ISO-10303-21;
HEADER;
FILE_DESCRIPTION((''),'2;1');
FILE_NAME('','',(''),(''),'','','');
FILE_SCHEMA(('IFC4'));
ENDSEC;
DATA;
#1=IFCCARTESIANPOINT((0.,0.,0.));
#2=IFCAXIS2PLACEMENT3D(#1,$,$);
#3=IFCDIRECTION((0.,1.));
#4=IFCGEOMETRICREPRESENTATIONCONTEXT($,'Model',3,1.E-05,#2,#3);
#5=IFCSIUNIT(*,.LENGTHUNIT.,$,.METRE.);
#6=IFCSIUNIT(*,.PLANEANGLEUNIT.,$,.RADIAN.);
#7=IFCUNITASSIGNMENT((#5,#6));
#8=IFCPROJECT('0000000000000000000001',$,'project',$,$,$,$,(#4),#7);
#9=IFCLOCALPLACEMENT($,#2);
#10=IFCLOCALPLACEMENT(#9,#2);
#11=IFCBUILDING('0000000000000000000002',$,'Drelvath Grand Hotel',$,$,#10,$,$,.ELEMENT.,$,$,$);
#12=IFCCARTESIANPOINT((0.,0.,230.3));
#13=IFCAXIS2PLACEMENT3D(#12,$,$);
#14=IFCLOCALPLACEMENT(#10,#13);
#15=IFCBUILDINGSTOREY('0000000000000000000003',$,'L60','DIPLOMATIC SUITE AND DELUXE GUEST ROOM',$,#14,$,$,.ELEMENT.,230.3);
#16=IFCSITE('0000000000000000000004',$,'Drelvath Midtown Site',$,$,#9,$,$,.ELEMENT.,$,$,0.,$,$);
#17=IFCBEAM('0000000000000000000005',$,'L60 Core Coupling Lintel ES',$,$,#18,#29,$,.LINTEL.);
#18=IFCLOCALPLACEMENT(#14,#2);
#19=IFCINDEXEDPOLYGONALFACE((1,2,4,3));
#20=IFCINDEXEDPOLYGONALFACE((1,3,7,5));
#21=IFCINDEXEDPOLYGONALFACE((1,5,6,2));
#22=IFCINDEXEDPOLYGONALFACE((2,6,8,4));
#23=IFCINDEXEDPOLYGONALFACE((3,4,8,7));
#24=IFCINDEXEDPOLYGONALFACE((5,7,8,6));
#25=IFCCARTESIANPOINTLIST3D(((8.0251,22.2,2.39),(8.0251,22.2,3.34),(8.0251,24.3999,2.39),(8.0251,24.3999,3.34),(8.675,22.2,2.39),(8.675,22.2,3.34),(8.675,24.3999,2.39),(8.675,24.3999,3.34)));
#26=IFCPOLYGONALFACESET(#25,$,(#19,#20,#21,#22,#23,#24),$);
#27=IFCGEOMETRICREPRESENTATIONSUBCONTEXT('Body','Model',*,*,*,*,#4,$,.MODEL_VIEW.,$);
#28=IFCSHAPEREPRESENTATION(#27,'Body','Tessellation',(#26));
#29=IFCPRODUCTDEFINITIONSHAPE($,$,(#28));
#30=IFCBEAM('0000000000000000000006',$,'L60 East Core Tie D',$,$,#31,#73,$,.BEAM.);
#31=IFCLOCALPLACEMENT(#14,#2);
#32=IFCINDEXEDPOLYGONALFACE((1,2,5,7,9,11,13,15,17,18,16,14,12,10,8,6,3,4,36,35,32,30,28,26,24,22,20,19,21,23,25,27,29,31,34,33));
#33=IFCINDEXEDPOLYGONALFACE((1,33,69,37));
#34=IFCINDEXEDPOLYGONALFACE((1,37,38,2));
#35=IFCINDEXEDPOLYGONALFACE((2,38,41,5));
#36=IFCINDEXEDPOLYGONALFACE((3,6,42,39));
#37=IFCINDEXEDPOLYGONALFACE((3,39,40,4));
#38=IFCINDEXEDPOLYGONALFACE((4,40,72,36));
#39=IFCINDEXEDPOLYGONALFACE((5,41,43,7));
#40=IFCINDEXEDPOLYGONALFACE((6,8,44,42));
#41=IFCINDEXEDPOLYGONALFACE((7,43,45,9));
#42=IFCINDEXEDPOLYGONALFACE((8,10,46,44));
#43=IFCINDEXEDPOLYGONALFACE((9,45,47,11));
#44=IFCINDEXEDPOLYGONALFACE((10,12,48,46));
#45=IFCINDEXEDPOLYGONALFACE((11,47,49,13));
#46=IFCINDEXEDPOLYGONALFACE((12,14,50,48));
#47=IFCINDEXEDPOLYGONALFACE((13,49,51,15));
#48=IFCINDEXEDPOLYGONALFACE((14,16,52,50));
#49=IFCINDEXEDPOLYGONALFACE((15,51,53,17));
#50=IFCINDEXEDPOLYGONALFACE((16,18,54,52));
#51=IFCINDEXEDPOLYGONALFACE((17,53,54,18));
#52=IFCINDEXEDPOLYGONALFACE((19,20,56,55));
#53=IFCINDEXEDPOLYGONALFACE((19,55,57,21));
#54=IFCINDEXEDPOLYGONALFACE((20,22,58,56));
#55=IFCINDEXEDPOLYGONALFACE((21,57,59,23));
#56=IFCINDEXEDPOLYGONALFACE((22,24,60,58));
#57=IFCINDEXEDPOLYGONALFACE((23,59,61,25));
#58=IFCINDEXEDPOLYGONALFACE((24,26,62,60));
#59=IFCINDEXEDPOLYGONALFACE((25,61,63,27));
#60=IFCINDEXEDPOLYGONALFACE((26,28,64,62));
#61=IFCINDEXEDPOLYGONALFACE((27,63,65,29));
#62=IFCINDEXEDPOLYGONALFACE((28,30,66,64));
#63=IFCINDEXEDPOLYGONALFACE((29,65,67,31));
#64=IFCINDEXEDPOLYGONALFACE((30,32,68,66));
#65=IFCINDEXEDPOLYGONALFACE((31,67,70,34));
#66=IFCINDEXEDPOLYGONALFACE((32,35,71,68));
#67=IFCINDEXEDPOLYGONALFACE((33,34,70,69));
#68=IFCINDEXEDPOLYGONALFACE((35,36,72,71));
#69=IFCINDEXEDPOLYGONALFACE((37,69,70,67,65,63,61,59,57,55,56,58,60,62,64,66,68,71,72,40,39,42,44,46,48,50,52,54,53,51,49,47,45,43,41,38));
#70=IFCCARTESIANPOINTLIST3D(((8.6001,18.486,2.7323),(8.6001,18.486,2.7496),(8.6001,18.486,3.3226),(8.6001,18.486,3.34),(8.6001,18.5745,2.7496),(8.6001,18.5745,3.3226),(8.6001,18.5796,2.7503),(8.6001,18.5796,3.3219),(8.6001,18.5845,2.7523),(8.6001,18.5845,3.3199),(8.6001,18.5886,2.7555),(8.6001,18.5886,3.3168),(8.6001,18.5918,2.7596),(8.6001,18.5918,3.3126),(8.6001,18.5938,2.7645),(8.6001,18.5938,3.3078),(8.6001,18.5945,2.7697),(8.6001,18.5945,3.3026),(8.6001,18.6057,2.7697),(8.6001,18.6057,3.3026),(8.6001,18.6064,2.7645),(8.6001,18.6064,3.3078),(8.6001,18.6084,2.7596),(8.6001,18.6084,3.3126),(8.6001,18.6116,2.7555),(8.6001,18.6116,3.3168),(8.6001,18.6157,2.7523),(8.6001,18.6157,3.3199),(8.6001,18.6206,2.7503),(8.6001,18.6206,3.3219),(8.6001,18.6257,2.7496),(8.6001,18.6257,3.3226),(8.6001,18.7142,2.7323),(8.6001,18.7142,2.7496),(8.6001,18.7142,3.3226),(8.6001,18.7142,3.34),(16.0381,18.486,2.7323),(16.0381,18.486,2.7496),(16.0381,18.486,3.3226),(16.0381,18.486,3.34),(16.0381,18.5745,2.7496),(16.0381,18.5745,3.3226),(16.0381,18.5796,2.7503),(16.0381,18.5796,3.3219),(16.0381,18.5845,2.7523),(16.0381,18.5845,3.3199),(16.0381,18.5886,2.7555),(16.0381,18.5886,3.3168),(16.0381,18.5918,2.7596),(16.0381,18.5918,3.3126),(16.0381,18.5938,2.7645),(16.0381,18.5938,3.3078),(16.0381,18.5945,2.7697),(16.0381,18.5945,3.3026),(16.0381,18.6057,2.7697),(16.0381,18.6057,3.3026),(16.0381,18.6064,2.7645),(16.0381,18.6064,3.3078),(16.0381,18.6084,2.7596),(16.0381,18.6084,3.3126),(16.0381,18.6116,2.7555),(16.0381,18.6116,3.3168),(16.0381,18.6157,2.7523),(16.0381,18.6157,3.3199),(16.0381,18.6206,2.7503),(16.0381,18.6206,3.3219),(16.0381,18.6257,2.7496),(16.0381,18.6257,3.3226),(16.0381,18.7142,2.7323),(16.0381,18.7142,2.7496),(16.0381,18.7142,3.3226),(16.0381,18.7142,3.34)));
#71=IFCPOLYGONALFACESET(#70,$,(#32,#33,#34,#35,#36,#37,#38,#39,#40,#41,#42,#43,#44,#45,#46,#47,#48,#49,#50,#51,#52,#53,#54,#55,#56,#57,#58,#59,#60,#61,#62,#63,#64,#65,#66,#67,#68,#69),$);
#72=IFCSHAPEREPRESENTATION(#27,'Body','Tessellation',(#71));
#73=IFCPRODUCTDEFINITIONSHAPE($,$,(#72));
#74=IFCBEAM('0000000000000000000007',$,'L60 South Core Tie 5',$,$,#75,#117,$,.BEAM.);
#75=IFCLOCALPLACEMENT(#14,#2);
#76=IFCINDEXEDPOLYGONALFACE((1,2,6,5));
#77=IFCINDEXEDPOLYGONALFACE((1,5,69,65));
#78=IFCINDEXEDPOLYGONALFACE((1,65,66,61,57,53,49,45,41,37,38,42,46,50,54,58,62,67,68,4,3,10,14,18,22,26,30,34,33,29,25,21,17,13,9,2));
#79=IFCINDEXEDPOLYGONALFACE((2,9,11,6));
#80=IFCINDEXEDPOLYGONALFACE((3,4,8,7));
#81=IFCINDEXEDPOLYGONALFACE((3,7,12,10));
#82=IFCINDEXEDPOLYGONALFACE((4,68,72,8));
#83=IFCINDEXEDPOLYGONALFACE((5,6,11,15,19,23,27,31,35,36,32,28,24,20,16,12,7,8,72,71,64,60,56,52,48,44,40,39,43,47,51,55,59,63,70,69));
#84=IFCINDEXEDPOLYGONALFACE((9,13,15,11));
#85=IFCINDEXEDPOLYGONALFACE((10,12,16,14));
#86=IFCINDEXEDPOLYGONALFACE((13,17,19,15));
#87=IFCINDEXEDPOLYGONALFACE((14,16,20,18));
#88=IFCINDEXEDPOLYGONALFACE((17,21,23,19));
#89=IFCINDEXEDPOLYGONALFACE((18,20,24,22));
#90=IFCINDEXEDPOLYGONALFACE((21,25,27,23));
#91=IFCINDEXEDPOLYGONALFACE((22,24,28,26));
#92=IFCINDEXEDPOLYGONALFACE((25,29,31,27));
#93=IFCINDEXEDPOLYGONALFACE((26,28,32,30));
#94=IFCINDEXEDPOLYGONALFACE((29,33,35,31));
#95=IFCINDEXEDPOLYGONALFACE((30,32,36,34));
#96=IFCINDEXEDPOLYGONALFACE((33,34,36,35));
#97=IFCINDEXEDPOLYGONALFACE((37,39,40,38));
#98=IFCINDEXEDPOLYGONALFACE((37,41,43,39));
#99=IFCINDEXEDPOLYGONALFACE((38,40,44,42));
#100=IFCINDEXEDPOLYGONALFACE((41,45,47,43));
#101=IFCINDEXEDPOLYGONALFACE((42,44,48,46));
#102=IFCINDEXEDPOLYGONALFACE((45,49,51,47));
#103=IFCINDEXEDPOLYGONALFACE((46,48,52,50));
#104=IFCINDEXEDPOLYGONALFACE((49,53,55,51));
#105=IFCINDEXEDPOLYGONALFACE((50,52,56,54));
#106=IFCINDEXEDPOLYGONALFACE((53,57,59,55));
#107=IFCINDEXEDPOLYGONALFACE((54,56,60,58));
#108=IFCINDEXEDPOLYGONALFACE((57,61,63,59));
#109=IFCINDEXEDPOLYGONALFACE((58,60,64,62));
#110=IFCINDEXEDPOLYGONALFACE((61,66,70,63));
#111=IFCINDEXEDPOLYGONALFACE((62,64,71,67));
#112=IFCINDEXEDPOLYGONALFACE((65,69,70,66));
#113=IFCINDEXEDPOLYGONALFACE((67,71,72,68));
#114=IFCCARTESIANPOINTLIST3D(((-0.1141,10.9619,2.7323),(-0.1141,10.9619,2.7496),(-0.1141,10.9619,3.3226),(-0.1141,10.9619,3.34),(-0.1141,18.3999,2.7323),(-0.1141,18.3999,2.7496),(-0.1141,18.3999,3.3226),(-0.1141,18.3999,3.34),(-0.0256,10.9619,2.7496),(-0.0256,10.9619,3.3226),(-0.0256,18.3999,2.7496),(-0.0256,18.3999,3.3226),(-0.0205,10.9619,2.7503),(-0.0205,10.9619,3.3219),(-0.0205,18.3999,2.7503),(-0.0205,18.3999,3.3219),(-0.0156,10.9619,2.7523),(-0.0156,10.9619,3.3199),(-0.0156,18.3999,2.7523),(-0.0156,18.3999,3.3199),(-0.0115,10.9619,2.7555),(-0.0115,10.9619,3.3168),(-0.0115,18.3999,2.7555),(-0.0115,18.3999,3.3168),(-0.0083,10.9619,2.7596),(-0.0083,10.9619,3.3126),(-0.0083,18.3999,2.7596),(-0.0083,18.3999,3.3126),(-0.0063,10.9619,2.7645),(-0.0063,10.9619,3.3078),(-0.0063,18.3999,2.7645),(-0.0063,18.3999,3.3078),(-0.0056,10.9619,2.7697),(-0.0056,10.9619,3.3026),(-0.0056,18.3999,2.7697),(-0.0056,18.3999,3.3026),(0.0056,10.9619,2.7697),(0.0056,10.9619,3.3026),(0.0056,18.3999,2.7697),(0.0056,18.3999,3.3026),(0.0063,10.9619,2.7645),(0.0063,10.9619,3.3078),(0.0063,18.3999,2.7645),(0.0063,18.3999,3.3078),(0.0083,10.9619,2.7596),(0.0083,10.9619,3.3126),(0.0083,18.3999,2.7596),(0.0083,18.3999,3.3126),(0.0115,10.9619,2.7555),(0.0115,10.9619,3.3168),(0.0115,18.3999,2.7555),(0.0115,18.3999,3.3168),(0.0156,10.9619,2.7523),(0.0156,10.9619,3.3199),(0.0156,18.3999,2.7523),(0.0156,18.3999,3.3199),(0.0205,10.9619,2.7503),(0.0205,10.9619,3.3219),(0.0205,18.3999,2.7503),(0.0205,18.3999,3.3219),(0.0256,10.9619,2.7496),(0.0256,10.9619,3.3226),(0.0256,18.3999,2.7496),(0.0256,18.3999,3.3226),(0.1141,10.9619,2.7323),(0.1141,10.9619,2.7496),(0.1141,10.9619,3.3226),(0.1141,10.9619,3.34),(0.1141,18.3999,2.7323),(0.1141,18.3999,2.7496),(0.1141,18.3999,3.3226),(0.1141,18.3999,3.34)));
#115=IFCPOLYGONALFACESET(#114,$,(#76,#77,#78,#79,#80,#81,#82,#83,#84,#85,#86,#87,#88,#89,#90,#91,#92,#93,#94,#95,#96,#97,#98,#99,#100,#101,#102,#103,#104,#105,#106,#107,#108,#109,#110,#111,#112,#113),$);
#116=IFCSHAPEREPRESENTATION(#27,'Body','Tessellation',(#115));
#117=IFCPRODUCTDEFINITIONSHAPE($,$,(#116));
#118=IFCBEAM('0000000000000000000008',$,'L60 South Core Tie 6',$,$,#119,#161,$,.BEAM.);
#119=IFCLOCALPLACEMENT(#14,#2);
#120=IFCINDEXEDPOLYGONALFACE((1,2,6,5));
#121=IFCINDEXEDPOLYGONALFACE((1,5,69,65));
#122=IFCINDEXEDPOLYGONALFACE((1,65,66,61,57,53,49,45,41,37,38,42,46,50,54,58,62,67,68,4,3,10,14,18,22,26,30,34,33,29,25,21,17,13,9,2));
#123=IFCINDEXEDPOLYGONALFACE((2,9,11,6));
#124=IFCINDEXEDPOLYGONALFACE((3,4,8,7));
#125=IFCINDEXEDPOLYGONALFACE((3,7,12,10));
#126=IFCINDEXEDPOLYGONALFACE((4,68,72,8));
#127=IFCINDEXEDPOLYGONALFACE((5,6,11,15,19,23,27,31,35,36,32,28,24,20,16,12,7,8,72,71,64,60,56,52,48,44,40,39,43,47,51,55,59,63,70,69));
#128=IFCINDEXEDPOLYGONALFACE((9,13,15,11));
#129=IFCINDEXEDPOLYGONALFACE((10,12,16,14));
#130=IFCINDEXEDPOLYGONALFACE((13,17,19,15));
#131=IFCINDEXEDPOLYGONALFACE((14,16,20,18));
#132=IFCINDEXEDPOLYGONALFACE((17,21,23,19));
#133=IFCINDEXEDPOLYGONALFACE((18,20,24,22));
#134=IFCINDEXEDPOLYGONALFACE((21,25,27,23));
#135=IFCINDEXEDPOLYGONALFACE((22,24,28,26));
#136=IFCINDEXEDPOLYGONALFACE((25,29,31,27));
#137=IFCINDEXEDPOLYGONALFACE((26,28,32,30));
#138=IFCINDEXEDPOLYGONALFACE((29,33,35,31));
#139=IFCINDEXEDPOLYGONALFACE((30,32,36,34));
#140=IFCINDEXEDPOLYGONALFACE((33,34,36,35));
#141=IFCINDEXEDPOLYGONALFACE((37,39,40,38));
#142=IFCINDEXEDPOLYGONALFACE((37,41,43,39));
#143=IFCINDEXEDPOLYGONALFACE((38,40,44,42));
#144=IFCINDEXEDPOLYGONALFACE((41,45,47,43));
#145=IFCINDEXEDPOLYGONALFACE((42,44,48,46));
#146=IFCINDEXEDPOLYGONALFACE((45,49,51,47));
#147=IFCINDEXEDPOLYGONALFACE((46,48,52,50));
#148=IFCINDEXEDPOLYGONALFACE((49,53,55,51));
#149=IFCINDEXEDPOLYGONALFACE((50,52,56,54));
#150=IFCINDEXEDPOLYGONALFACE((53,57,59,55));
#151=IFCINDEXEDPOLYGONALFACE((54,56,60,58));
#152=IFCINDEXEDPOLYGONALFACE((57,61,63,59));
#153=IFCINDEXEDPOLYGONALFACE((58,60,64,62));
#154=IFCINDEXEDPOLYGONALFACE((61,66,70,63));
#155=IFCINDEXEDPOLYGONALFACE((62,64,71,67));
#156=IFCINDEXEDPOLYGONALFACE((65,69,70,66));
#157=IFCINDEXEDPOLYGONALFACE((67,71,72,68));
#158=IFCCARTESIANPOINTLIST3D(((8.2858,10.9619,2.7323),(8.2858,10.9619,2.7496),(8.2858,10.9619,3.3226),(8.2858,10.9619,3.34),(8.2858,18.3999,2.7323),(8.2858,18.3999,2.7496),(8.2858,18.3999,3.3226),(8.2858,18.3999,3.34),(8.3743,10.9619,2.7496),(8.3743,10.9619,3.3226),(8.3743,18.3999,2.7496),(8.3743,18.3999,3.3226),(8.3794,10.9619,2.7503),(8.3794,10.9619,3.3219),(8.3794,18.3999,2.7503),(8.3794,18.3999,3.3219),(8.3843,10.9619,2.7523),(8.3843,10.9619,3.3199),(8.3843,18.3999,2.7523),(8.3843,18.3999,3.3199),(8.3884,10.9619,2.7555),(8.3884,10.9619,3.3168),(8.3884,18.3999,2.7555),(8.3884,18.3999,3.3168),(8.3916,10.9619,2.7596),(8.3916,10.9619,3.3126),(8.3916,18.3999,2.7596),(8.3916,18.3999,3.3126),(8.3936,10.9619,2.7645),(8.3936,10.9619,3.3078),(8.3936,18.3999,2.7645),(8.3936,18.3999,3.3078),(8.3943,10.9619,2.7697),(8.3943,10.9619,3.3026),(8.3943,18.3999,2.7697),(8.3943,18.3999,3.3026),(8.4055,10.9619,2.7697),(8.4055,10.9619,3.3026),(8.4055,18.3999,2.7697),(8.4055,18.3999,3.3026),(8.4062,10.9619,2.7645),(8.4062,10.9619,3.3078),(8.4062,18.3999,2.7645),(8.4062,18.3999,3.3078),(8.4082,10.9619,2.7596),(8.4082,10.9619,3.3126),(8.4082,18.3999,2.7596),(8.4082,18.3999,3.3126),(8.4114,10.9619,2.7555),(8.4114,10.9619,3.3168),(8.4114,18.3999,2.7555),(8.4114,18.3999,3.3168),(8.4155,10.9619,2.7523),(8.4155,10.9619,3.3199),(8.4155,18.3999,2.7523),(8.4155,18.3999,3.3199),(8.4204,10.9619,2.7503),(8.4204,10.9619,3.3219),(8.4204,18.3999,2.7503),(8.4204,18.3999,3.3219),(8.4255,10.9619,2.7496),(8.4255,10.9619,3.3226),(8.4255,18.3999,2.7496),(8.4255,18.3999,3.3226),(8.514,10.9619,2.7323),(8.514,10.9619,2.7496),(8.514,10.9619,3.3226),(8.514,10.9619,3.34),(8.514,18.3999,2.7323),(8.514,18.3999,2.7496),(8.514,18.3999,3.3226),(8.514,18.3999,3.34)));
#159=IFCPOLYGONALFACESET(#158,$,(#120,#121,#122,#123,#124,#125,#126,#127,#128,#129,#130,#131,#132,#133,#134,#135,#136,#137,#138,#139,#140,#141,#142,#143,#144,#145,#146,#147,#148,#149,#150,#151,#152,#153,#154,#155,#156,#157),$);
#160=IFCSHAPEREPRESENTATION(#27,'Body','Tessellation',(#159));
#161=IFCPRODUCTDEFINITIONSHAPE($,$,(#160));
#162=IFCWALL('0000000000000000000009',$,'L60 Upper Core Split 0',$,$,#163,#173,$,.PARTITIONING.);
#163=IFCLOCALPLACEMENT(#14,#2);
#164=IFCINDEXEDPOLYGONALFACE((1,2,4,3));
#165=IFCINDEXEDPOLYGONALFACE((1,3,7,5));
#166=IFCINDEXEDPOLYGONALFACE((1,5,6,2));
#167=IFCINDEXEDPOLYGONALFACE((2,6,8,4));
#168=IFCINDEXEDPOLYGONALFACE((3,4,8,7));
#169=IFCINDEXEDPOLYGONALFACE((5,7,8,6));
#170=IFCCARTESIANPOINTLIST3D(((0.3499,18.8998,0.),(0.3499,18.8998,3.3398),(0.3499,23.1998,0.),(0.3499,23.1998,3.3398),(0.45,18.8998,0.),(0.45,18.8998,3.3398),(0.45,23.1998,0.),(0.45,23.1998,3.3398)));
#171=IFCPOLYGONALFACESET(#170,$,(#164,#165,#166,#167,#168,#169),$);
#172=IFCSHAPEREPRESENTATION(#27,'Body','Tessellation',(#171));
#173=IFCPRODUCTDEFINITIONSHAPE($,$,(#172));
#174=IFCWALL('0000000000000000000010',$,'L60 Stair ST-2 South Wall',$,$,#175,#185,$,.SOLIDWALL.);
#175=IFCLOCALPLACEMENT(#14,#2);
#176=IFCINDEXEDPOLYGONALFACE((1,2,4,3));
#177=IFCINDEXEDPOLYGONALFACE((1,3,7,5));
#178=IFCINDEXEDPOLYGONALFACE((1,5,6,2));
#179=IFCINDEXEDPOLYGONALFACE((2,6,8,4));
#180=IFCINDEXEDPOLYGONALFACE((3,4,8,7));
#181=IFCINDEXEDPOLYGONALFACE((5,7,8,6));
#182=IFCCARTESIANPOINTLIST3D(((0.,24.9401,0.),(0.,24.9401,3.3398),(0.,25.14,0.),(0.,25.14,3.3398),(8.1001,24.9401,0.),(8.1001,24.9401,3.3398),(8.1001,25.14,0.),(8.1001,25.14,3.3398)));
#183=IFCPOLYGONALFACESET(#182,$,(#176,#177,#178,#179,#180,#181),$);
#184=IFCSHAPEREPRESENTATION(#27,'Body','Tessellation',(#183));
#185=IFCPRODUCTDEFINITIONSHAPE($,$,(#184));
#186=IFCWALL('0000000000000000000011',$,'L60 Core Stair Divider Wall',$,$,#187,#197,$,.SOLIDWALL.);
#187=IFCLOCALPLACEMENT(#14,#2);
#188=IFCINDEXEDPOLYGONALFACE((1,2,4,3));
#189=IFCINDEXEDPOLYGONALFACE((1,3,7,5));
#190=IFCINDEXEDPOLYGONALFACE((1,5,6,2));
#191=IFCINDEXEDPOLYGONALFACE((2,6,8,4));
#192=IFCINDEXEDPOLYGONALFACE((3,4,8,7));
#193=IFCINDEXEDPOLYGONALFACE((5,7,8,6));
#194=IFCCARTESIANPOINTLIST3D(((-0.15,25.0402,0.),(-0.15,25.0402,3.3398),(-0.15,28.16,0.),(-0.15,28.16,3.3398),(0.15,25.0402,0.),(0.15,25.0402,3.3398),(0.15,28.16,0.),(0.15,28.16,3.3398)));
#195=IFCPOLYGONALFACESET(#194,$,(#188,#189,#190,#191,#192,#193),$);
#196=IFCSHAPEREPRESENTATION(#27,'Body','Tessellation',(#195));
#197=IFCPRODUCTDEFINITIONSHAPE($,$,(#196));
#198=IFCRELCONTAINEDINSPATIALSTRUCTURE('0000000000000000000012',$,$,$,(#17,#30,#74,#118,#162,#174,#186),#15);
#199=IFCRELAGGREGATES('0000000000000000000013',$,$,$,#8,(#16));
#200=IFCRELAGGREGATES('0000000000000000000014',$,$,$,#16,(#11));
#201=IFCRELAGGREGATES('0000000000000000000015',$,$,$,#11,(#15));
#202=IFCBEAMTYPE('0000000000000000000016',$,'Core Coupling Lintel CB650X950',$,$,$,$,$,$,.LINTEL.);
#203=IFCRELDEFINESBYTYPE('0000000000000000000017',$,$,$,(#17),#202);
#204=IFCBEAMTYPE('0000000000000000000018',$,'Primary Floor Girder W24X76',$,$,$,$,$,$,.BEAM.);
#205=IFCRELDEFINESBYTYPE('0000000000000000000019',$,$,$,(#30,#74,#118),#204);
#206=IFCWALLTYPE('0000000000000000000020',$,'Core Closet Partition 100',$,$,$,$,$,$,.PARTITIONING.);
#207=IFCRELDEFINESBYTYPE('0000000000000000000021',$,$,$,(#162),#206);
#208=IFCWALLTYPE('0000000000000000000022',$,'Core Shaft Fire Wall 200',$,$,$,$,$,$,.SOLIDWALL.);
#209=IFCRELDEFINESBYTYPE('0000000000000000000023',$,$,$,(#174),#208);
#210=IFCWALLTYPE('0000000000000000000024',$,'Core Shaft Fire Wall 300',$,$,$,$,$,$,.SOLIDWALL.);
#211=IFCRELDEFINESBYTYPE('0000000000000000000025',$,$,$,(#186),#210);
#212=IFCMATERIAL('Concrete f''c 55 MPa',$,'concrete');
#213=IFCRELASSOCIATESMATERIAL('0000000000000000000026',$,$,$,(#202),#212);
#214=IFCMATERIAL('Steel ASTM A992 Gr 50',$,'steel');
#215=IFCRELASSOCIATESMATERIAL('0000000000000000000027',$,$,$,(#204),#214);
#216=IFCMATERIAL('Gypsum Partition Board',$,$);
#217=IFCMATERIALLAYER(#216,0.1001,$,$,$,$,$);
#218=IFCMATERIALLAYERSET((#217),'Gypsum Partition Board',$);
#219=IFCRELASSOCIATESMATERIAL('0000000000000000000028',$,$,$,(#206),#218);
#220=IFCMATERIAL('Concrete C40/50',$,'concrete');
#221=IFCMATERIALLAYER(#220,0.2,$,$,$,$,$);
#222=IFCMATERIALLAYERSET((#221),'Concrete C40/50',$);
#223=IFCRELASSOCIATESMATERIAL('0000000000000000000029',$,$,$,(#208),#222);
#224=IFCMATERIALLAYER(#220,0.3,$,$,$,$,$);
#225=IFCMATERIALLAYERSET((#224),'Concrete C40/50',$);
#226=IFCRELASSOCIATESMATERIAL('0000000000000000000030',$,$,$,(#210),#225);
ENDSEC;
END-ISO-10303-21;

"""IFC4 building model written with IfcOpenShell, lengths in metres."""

from ifc_helpers import new_model, si_unit, direction, frame, frame_2d, origin, origin_2d, place, context, subcontext, project, spatial, rectangle, i_section, extrude, material, layer, layer_set, material_profile, profile_set, type_object, element, save


model = new_model("IFC4")

# Units and contexts
model_context = context("Model", 3, precision=1e-05, world=origin(), true_north=direction((0.0, 1.0)))
body_context = subcontext(model_context, "Body", "Model", "MODEL_VIEW")
ifc_project = project(units=[si_unit("LENGTHUNIT", "METRE"), si_unit("PLANEANGLEUNIT", "RADIAN")], contexts=[model_context])

# Site, building, storey
site_placement = place(None, origin())
site = spatial("IfcSite", under=ifc_project, at=site_placement, Name="Drelvath Midtown Site", CompositionType="ELEMENT", RefElevation=0.0)
building_placement = place(site_placement, origin())
building = spatial("IfcBuilding", under=site, at=building_placement, Name="Drelvath Grand Hotel", CompositionType="ELEMENT")
storey_placement = place(building_placement, frame((0.0, 0.0, 230.3)))
storey = spatial("IfcBuildingStorey", under=building, at=storey_placement, Name="L60", Description="DIPLOMATIC SUITE AND DELUXE GUEST ROOM", CompositionType="ELEMENT", Elevation=230.3)

# Beams
ifc_material_1 = material(Name="Concrete f'c 55 MPa", Category="concrete")
ifc_material_profile_1 = material_profile(ifc_material_1, rectangle(XDim=0.6499, YDim=0.95, at=origin_2d()), Name="CB650X950")
ifc_profile_set_1 = profile_set([ifc_material_profile_1], Name="Concrete f'c 55 MPa")
beam_type_1 = type_object("IfcBeamType", Name="Core Coupling Lintel CB650X950", PredefinedType="LINTEL", material=ifc_profile_set_1)
beam_placement = place(storey_placement, frame((8.3501, 22.2, 2.865), z_axis=(0.0, 1.0, 0.0), x_axis=(-1.0, 0.0, 0.0)))
element("IfcBeam", 1, at=beam_placement, inside=storey, type_object=beam_type_1, Name="L60 Core Coupling Lintel ES", PredefinedType="LINTEL", context=body_context, shape_type="SweptSolid", body=[
    extrude(rectangle(XDim=0.6499, YDim=0.95, at=origin_2d()), origin(), (0.0, 0.0, 1.0), 2.2),
])
ifc_material_2 = material(Name="Steel ASTM A992 Gr 50", Category="steel")
ifc_material_profile_2 = material_profile(ifc_material_2, i_section(OverallWidth=0.2283, OverallDepth=0.6077, WebThickness=0.0112, FlangeThickness=0.0173, FilletRadius=0.02, at=origin_2d()), Name="W24X76")
ifc_profile_set_2 = profile_set([ifc_material_profile_2], Name="Steel ASTM A992 Gr 50")
beam_type_2 = type_object("IfcBeamType", Name="Primary Floor Girder W24X76", PredefinedType="BEAM", material=ifc_profile_set_2)
for number, where, z_axis, x_axis, name in (
    (2, (8.6001, 18.6001, 3.0361), (1.0, 0.0, 0.0), (0.0, 1.0, 0.0), "L60 East Core Tie D"),
    (3, (0.0, 10.9619, 3.0361), (0.0, 1.0, 0.0), (-1.0, 0.0, 0.0), "L60 South Core Tie 5"),
    (4, (8.3999, 10.9619, 3.0361), (0.0, 1.0, 0.0), (-1.0, 0.0, 0.0), "L60 South Core Tie 6"),
):
    element("IfcBeam", number, at=place(storey_placement, frame(where, z_axis=z_axis, x_axis=x_axis)), inside=storey, type_object=beam_type_2, Name=name, PredefinedType="BEAM", context=body_context, shape_type="SweptSolid", body=[
        extrude(i_section(OverallWidth=0.2283, OverallDepth=0.6077, WebThickness=0.0112, FlangeThickness=0.0173, FilletRadius=0.02, at=origin_2d()), origin(), (0.0, 0.0, 1.0), 7.438),
    ])

# Walls
ifc_material_3 = material(Name="Gypsum Partition Board")
ifc_layer_1 = layer(ifc_material_3, 0.1001)
ifc_layer_set_1 = layer_set([ifc_layer_1], Name="Gypsum Partition Board")
wall_type_1 = type_object("IfcWallType", Name="Core Closet Partition 100", PredefinedType="PARTITIONING", material=ifc_layer_set_1)
wall_1_placement = place(storey_placement, frame((0.3999, 18.8999, 0.0), z_axis=(0.0, 0.0, 1.0), x_axis=(0.0, 1.0, 0.0)))
element("IfcWall", 5, at=wall_1_placement, inside=storey, type_object=wall_type_1, Name="L60 Upper Core Split 0", PredefinedType="PARTITIONING", context=body_context, shape_type="SweptSolid", body=[
    extrude(rectangle(XDim=4.3, YDim=0.1001, at=frame_2d((2.1499, 0.0))), origin(), (0.0, 0.0, 1.0), 3.3398),
])
ifc_material_4 = material(Name="Concrete C40/50", Category="concrete")
ifc_layer_2 = layer(ifc_material_4, 0.2)
ifc_layer_set_2 = layer_set([ifc_layer_2], Name="Concrete C40/50")
wall_type_2 = type_object("IfcWallType", Name="Core Shaft Fire Wall 200", PredefinedType="SOLIDWALL", material=ifc_layer_set_2)
wall_2_placement = place(storey_placement, frame((0.0, 25.04, 0.0), z_axis=(0.0, 0.0, 1.0), x_axis=(1.0, 0.0, 0.0)))
element("IfcWall", 6, at=wall_2_placement, inside=storey, type_object=wall_type_2, Name="L60 Stair ST-2 South Wall", PredefinedType="SOLIDWALL", context=body_context, shape_type="SweptSolid", body=[
    extrude(rectangle(XDim=8.1001, YDim=0.2, at=frame_2d((4.05, 0.0))), origin(), (0.0, 0.0, 1.0), 3.3398),
])
ifc_layer_3 = layer(ifc_material_4, 0.3)
ifc_layer_set_3 = layer_set([ifc_layer_3], Name="Concrete C40/50")
wall_type_3 = type_object("IfcWallType", Name="Core Shaft Fire Wall 300", PredefinedType="SOLIDWALL", material=ifc_layer_set_3)
wall_3_placement = place(storey_placement, frame((0.0, 25.04, 0.0), z_axis=(0.0, 0.0, 1.0), x_axis=(0.0, 1.0, 0.0)))
element("IfcWall", 7, at=wall_3_placement, inside=storey, type_object=wall_type_3, Name="L60 Core Stair Divider Wall", PredefinedType="SOLIDWALL", context=body_context, shape_type="SweptSolid", body=[
    extrude(rectangle(XDim=3.1199, YDim=0.3, at=frame_2d((1.5601, 0.0))), origin(), (0.0, 0.0, 1.0), 3.3398),
])

save(model, "model.ifc")
